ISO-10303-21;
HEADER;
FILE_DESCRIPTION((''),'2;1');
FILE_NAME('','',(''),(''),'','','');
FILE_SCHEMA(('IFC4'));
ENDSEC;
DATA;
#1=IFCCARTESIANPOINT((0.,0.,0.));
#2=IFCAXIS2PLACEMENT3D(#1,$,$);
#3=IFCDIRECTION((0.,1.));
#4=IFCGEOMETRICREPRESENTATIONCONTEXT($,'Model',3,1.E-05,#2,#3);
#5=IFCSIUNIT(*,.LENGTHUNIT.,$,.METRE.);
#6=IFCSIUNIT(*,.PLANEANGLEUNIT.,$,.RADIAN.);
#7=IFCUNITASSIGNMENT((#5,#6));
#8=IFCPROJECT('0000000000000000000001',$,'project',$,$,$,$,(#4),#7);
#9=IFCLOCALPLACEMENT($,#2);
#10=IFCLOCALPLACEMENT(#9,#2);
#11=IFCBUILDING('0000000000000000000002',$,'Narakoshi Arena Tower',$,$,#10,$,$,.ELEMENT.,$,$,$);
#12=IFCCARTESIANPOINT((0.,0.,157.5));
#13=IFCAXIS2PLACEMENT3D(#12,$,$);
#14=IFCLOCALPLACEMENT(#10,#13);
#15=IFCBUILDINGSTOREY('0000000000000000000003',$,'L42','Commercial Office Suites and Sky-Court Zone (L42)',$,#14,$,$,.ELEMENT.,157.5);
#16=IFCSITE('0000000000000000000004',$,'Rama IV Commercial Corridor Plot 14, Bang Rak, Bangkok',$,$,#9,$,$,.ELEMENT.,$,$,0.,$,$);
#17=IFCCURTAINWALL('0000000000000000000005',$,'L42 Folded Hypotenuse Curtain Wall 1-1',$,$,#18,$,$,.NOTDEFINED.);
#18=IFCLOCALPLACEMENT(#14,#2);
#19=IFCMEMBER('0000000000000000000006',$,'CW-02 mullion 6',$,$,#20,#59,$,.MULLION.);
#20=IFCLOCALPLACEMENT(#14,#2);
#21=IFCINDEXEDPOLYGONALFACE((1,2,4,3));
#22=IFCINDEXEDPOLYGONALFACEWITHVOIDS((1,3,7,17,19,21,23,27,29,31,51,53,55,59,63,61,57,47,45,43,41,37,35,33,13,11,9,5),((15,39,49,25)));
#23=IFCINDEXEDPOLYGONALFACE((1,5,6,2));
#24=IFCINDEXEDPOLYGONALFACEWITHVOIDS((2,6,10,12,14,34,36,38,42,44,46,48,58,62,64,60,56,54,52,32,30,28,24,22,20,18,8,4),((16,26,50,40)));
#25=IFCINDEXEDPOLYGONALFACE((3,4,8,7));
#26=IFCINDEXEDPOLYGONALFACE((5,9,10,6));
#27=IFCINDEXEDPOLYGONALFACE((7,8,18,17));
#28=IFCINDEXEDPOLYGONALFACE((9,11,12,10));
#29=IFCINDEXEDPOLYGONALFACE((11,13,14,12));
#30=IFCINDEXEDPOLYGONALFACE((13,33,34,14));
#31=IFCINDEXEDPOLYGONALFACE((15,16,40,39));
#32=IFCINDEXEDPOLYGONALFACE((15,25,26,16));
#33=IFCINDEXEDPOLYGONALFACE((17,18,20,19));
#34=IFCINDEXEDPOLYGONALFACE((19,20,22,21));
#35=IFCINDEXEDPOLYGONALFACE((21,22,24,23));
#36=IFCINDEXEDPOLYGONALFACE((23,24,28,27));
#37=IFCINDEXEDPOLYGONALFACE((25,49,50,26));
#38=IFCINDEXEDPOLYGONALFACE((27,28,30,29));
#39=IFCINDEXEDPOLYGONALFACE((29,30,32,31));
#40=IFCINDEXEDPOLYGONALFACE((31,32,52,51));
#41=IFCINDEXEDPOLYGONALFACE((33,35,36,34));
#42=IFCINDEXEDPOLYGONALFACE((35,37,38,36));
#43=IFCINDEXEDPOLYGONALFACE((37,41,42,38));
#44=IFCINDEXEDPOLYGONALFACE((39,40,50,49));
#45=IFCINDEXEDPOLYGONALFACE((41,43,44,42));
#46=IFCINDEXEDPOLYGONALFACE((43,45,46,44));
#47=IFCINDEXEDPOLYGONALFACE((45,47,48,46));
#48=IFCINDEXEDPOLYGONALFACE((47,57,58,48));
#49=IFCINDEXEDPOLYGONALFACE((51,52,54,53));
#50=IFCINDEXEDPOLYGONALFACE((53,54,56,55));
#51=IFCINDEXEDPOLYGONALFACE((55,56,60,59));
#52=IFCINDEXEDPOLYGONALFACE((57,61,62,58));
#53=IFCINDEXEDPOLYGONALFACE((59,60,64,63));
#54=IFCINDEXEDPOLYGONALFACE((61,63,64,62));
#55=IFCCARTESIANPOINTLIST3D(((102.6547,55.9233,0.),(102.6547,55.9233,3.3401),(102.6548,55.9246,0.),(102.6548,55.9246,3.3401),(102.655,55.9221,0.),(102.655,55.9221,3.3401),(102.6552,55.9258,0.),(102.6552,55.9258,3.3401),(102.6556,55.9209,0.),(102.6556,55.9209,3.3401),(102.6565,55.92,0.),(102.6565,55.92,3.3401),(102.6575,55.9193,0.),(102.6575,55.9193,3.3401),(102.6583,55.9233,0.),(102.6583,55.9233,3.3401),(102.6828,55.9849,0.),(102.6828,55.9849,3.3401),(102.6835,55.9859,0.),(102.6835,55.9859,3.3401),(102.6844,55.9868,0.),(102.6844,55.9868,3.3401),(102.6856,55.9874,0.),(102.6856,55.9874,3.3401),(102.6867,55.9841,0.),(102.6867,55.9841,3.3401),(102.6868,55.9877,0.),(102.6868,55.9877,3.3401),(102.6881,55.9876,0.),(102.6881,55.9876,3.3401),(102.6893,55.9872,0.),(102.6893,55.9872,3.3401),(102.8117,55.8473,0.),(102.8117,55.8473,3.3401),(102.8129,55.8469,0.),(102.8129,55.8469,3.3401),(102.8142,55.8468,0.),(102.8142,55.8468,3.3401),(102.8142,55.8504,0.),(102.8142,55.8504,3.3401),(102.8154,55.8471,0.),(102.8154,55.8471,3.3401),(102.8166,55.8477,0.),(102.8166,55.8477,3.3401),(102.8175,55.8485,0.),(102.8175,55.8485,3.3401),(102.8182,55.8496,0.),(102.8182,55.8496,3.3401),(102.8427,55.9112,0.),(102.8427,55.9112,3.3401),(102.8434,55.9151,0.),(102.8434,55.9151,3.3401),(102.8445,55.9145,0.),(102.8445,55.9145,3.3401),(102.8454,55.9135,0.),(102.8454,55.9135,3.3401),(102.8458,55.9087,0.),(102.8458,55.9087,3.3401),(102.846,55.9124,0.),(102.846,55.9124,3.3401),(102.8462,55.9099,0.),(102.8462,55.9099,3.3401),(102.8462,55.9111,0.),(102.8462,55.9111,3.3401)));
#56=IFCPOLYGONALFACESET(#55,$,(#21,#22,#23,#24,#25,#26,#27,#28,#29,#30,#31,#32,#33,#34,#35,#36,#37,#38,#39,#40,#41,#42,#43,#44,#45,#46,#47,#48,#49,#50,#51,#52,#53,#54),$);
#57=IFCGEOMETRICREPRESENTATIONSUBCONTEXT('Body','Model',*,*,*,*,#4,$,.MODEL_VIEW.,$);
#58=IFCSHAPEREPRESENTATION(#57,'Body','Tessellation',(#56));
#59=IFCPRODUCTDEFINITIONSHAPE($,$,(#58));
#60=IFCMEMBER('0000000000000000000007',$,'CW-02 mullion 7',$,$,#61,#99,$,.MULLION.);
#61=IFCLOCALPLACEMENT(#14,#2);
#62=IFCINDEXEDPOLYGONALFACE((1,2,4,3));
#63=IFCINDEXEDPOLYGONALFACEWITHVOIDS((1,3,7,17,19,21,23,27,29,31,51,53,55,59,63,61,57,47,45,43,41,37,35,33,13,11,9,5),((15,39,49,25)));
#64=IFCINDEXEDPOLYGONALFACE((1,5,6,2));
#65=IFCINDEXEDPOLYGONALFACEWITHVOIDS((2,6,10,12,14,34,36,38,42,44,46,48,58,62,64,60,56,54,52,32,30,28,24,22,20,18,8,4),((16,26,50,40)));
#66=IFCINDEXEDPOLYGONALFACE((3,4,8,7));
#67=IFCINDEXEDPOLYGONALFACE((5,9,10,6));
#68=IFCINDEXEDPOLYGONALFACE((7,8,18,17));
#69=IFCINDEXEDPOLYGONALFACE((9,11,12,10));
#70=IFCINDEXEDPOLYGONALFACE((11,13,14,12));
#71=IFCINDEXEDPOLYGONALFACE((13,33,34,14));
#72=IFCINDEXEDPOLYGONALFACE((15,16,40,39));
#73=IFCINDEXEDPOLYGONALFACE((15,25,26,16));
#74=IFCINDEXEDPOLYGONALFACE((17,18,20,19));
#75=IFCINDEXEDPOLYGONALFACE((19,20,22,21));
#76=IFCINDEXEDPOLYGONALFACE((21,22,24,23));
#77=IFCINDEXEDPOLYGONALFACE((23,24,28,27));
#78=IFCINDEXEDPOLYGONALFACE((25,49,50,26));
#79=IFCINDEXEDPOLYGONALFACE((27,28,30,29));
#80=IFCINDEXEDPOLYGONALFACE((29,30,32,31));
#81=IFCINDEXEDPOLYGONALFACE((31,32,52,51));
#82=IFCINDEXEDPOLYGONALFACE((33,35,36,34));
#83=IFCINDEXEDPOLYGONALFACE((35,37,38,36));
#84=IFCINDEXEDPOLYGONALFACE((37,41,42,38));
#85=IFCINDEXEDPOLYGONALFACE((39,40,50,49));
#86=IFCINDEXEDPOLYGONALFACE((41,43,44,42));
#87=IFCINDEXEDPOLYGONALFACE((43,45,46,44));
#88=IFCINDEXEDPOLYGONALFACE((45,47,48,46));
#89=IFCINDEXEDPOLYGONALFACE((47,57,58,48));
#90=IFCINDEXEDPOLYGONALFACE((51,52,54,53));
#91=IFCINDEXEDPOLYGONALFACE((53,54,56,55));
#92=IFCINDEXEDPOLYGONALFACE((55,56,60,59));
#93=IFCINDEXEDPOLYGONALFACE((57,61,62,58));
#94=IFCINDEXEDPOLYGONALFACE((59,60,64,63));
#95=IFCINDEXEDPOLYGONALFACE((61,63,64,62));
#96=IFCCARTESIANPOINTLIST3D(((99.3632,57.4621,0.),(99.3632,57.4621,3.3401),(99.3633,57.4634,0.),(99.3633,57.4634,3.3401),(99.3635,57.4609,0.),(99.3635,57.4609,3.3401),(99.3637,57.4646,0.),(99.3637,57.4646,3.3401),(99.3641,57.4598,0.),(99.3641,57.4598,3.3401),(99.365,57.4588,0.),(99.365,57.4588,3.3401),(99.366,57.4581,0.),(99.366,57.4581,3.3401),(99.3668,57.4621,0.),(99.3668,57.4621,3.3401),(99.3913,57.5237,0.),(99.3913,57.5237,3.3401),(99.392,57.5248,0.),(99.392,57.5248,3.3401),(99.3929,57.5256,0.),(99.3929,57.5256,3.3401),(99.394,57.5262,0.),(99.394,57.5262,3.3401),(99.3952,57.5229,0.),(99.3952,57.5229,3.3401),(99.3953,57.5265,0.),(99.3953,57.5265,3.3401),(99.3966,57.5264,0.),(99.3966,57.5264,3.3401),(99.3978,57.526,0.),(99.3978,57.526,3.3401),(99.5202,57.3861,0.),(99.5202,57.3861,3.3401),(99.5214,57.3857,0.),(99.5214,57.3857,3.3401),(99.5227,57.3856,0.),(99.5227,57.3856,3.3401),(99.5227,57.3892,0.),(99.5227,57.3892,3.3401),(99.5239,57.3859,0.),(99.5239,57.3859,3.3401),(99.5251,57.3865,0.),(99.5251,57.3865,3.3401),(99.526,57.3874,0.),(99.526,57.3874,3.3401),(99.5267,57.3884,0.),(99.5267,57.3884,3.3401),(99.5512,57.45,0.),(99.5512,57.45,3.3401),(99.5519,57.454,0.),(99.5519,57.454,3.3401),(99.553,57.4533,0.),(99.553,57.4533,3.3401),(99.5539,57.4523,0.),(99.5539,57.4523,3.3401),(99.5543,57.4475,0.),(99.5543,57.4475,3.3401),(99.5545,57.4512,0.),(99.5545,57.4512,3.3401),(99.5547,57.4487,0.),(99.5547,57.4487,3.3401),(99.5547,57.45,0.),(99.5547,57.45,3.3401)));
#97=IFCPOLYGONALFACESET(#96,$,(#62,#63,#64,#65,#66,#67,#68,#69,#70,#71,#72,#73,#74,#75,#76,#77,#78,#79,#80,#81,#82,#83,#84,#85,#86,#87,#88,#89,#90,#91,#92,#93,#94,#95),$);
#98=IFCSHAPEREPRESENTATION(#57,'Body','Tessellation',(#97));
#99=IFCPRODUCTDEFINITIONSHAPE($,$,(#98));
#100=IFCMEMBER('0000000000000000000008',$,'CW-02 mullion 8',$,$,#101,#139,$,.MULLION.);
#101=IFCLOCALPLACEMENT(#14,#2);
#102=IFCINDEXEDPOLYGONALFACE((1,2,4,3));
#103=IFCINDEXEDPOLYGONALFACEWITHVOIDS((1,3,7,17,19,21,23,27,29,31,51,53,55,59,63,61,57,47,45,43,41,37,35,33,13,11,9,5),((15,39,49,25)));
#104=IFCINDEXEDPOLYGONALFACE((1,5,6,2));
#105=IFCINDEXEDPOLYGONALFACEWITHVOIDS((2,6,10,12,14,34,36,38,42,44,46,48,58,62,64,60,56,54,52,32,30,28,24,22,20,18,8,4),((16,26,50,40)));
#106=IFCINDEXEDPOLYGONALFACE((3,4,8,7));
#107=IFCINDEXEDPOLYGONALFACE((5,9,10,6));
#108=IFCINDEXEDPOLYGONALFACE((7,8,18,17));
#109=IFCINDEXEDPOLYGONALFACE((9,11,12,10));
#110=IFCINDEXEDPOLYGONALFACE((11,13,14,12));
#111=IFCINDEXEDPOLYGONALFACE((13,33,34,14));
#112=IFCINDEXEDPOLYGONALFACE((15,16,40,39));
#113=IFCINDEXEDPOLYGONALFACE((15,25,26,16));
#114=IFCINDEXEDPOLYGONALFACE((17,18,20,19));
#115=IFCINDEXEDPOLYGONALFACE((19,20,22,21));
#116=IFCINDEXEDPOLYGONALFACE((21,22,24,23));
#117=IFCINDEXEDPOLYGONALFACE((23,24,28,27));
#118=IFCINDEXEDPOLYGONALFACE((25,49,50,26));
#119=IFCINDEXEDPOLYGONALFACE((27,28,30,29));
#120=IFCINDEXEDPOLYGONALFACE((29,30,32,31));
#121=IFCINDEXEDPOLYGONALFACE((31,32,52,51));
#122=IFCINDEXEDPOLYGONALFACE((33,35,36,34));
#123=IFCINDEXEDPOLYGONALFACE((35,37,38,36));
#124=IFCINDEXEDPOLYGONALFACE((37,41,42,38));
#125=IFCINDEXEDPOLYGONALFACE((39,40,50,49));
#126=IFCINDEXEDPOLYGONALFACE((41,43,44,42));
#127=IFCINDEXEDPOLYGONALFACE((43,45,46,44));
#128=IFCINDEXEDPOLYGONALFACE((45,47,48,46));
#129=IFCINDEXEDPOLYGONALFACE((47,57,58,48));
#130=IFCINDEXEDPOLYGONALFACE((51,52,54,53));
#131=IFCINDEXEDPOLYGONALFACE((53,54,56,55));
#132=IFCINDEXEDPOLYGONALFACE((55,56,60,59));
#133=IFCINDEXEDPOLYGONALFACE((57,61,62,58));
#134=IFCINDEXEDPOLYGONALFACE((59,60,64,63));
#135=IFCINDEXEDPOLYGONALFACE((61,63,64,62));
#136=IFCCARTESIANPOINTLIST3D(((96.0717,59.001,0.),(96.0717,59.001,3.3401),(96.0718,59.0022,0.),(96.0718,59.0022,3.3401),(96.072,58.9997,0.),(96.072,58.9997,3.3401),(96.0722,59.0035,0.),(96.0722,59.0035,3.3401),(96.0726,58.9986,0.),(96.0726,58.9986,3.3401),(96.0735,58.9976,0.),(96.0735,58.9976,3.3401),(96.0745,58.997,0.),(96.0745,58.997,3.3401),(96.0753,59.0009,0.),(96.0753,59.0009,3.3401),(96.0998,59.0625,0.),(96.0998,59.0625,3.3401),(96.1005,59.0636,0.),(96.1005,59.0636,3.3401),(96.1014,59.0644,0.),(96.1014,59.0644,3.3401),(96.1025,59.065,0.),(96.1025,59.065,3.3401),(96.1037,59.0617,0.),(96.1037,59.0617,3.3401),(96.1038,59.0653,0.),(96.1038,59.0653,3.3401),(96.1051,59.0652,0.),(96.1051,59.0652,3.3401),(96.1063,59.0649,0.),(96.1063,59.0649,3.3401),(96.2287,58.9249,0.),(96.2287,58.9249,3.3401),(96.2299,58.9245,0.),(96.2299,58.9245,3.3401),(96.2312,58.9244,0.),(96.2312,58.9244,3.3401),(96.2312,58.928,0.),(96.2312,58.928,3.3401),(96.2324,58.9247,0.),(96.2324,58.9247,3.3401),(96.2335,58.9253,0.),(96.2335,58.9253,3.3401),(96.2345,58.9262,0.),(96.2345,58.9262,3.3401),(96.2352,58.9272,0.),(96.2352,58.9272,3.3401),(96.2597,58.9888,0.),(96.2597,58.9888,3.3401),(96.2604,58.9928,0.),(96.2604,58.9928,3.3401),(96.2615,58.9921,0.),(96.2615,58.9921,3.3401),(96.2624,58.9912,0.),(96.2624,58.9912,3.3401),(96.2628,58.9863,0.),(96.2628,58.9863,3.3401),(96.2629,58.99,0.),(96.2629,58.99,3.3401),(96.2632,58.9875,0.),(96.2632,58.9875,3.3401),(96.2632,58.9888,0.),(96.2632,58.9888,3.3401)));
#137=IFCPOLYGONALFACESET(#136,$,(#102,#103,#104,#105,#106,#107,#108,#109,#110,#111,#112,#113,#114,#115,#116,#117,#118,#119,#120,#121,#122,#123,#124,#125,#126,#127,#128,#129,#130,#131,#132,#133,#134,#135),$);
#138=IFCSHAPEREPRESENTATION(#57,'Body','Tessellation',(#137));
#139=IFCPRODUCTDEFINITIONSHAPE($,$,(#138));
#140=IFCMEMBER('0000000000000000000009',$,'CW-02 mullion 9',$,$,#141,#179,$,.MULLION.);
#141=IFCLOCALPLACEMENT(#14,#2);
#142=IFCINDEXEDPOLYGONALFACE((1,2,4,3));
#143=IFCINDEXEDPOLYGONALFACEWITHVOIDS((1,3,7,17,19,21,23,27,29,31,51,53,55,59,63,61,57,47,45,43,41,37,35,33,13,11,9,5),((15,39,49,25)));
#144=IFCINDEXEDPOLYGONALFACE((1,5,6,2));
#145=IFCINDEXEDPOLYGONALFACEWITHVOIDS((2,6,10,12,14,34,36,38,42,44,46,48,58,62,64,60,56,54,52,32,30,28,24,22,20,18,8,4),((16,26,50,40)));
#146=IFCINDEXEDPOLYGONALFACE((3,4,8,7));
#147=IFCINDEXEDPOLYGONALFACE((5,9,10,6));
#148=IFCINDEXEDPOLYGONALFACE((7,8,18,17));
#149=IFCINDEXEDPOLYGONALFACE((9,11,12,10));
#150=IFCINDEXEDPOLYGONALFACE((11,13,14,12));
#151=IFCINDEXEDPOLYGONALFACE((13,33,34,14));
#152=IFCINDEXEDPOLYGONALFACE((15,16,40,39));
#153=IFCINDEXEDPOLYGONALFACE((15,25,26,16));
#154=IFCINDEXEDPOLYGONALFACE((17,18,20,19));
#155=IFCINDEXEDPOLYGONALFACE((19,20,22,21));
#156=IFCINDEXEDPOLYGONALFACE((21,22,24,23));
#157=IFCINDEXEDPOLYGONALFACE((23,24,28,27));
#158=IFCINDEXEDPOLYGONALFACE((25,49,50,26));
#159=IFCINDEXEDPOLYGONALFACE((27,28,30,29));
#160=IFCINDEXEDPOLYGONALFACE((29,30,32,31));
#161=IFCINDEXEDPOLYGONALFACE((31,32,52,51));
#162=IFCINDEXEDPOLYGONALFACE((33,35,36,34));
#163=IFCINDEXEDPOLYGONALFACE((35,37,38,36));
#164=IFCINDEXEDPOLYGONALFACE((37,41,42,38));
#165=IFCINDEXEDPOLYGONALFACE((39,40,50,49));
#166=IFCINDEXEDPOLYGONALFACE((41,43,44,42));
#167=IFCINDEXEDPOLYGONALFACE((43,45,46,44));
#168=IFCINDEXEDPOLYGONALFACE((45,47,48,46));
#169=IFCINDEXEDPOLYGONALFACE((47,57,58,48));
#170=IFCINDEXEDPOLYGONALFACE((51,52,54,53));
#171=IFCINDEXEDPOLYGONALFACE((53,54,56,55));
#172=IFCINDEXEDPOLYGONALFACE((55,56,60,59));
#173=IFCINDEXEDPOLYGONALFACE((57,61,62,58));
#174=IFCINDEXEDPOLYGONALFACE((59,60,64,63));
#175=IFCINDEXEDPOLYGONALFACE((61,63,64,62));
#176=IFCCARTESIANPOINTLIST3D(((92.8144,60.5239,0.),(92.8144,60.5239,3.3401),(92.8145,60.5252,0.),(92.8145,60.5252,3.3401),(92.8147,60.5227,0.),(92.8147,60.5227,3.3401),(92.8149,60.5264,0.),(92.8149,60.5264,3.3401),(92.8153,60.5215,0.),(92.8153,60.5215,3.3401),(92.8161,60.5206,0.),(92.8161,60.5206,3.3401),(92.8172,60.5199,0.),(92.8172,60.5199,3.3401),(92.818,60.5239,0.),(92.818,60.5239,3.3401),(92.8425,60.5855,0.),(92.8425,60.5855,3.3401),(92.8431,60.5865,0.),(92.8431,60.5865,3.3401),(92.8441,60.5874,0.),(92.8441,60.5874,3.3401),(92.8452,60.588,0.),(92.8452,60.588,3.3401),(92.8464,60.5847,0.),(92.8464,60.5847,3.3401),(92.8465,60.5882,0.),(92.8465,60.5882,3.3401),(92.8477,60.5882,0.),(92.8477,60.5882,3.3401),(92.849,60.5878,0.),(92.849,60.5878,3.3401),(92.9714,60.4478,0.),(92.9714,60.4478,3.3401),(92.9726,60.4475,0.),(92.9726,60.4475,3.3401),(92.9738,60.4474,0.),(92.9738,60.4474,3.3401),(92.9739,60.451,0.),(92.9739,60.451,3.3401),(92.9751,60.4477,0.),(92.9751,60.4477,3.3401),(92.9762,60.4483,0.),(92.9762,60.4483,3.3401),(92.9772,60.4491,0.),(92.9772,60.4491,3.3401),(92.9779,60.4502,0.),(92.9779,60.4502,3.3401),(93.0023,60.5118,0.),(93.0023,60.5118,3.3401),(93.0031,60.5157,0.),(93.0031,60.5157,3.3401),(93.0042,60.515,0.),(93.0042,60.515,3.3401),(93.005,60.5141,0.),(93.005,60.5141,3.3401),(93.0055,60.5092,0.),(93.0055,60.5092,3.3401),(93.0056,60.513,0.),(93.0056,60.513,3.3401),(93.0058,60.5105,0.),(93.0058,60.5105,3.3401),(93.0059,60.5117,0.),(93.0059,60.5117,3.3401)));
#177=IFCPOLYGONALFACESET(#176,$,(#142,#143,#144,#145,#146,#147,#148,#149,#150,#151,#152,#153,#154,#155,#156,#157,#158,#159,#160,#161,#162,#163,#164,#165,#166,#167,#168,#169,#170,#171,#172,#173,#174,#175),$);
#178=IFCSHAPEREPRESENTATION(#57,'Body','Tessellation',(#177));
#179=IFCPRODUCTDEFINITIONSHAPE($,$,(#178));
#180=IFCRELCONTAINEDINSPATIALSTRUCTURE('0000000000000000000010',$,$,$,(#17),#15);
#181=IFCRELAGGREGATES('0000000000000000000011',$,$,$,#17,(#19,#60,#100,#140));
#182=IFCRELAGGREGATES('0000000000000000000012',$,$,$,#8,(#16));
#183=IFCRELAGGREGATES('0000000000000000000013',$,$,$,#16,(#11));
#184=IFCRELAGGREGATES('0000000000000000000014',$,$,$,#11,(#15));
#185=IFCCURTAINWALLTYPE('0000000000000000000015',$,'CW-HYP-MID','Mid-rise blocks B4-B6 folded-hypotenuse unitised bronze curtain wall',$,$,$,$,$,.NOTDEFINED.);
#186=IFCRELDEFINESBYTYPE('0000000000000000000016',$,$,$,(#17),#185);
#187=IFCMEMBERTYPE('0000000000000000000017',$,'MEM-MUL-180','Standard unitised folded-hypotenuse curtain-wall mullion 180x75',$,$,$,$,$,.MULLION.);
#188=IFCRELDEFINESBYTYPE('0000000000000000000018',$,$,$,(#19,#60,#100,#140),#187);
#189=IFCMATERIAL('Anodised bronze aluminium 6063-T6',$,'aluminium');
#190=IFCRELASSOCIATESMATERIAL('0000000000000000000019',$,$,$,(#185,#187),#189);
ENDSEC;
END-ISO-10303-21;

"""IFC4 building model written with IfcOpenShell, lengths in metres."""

from ifc_helpers import new_model, si_unit, direction, frame, origin, origin_2d, place, context, subcontext, project, spatial, hollow_rectangle, extrude, material, material_profile, profile_set, type_object, element, aggregate, save


model = new_model("IFC4")

# Units and contexts
model_context = context("Model", 3, precision=1e-05, world=origin(), true_north=direction((0.0, 1.0)))
body_context = subcontext(model_context, "Body", "Model", "MODEL_VIEW")
ifc_project = project(units=[si_unit("LENGTHUNIT", "METRE"), si_unit("PLANEANGLEUNIT", "RADIAN")], contexts=[model_context])

# Site, building, storey
site_placement = place(None, origin())
site = spatial("IfcSite", under=ifc_project, at=site_placement, Name="Rama IV Commercial Corridor Plot 14, Bang Rak, Bangkok", CompositionType="ELEMENT", RefElevation=0.0)
building_placement = place(site_placement, origin())
building = spatial("IfcBuilding", under=site, at=building_placement, Name="Narakoshi Arena Tower", CompositionType="ELEMENT")
storey_placement = place(building_placement, frame((0.0, 0.0, 157.5)))
storey = spatial("IfcBuildingStorey", under=building, at=storey_placement, Name="L42", Description="Commercial Office Suites and Sky-Court Zone (L42)", CompositionType="ELEMENT", Elevation=157.5)

# Curtain wall, members
ifc_material_1 = material(Name="Anodised bronze aluminium 6063-T6", Category="aluminium")
curtain_wall_type = type_object("IfcCurtainWallType", Name="CW-HYP-MID", Description="Mid-rise blocks B4-B6 folded-hypotenuse unitised bronze curtain wall", PredefinedType="NOTDEFINED", material=ifc_material_1)
curtain_wall_placement = place(storey_placement, origin())
curtain_wall = element("IfcCurtainWall", 1, at=curtain_wall_placement, inside=storey, type_object=curtain_wall_type, Name="L42 Folded Hypotenuse Curtain Wall 1-1", PredefinedType="NOTDEFINED")
ifc_material_profile_1 = material_profile(ifc_material_1, hollow_rectangle(XDim=0.075, YDim=0.1799, WallThickness=0.0039, OuterFilletRadius=0.0049, at=origin_2d()), Name="MUL180x75x4")
ifc_profile_set_1 = profile_set([ifc_material_profile_1], Name="Anodised bronze aluminium 6063-T6")
member_type_1 = type_object("IfcMemberType", Name="MEM-MUL-180", Description="Standard unitised folded-hypotenuse curtain-wall mullion 180x75", PredefinedType="MULLION", material=ifc_profile_set_1)
member_1_placement = place(storey_placement, frame((102.7505, 55.9172, 0.0), z_axis=(0.0, 0.0, 1.0), x_axis=(-0.423532, -0.905881, 0.0)))
member_1 = element("IfcMember", 2, at=member_1_placement, type_object=member_type_1, Name="CW-02 mullion 6", PredefinedType="MULLION", context=body_context, shape_type="SweptSolid", body=[
    extrude(hollow_rectangle(XDim=0.075, YDim=0.1799, WallThickness=0.0039, OuterFilletRadius=0.0049, at=origin_2d()), origin(), (0.0, 0.0, 1.0), 3.3401),
])
member_2_placement = place(storey_placement, frame((99.459, 57.4561, 0.0), z_axis=(0.0, 0.0, 1.0), x_axis=(-0.423532, -0.905881, 0.0)))
member_2 = element("IfcMember", 3, at=member_2_placement, type_object=member_type_1, Name="CW-02 mullion 7", PredefinedType="MULLION", context=body_context, shape_type="SweptSolid", body=[
    extrude(hollow_rectangle(XDim=0.075, YDim=0.1799, WallThickness=0.0039, OuterFilletRadius=0.0049, at=origin_2d()), origin(), (0.0, 0.0, 1.0), 3.3401),
])
member_3_placement = place(storey_placement, frame((96.1675, 58.9949, 0.0), z_axis=(0.0, 0.0, 1.0), x_axis=(-0.423532, -0.905881, 0.0)))
member_3 = element("IfcMember", 4, at=member_3_placement, type_object=member_type_1, Name="CW-02 mullion 8", PredefinedType="MULLION", context=body_context, shape_type="SweptSolid", body=[
    extrude(hollow_rectangle(XDim=0.075, YDim=0.1799, WallThickness=0.0039, OuterFilletRadius=0.0049, at=origin_2d()), origin(), (0.0, 0.0, 1.0), 3.3401),
])
member_4_placement = place(storey_placement, frame((92.9102, 60.5178, 0.0), z_axis=(0.0, 0.0, 1.0), x_axis=(-0.423532, -0.905881, 0.0)))
member_4 = element("IfcMember", 5, at=member_4_placement, type_object=member_type_1, Name="CW-02 mullion 9", PredefinedType="MULLION", context=body_context, shape_type="SweptSolid", body=[
    extrude(hollow_rectangle(XDim=0.075, YDim=0.1799, WallThickness=0.0039, OuterFilletRadius=0.0049, at=origin_2d()), origin(), (0.0, 0.0, 1.0), 3.3401),
])
aggregate(curtain_wall, [member_1, member_2, member_3, member_4])

save(model, "model.ifc")
